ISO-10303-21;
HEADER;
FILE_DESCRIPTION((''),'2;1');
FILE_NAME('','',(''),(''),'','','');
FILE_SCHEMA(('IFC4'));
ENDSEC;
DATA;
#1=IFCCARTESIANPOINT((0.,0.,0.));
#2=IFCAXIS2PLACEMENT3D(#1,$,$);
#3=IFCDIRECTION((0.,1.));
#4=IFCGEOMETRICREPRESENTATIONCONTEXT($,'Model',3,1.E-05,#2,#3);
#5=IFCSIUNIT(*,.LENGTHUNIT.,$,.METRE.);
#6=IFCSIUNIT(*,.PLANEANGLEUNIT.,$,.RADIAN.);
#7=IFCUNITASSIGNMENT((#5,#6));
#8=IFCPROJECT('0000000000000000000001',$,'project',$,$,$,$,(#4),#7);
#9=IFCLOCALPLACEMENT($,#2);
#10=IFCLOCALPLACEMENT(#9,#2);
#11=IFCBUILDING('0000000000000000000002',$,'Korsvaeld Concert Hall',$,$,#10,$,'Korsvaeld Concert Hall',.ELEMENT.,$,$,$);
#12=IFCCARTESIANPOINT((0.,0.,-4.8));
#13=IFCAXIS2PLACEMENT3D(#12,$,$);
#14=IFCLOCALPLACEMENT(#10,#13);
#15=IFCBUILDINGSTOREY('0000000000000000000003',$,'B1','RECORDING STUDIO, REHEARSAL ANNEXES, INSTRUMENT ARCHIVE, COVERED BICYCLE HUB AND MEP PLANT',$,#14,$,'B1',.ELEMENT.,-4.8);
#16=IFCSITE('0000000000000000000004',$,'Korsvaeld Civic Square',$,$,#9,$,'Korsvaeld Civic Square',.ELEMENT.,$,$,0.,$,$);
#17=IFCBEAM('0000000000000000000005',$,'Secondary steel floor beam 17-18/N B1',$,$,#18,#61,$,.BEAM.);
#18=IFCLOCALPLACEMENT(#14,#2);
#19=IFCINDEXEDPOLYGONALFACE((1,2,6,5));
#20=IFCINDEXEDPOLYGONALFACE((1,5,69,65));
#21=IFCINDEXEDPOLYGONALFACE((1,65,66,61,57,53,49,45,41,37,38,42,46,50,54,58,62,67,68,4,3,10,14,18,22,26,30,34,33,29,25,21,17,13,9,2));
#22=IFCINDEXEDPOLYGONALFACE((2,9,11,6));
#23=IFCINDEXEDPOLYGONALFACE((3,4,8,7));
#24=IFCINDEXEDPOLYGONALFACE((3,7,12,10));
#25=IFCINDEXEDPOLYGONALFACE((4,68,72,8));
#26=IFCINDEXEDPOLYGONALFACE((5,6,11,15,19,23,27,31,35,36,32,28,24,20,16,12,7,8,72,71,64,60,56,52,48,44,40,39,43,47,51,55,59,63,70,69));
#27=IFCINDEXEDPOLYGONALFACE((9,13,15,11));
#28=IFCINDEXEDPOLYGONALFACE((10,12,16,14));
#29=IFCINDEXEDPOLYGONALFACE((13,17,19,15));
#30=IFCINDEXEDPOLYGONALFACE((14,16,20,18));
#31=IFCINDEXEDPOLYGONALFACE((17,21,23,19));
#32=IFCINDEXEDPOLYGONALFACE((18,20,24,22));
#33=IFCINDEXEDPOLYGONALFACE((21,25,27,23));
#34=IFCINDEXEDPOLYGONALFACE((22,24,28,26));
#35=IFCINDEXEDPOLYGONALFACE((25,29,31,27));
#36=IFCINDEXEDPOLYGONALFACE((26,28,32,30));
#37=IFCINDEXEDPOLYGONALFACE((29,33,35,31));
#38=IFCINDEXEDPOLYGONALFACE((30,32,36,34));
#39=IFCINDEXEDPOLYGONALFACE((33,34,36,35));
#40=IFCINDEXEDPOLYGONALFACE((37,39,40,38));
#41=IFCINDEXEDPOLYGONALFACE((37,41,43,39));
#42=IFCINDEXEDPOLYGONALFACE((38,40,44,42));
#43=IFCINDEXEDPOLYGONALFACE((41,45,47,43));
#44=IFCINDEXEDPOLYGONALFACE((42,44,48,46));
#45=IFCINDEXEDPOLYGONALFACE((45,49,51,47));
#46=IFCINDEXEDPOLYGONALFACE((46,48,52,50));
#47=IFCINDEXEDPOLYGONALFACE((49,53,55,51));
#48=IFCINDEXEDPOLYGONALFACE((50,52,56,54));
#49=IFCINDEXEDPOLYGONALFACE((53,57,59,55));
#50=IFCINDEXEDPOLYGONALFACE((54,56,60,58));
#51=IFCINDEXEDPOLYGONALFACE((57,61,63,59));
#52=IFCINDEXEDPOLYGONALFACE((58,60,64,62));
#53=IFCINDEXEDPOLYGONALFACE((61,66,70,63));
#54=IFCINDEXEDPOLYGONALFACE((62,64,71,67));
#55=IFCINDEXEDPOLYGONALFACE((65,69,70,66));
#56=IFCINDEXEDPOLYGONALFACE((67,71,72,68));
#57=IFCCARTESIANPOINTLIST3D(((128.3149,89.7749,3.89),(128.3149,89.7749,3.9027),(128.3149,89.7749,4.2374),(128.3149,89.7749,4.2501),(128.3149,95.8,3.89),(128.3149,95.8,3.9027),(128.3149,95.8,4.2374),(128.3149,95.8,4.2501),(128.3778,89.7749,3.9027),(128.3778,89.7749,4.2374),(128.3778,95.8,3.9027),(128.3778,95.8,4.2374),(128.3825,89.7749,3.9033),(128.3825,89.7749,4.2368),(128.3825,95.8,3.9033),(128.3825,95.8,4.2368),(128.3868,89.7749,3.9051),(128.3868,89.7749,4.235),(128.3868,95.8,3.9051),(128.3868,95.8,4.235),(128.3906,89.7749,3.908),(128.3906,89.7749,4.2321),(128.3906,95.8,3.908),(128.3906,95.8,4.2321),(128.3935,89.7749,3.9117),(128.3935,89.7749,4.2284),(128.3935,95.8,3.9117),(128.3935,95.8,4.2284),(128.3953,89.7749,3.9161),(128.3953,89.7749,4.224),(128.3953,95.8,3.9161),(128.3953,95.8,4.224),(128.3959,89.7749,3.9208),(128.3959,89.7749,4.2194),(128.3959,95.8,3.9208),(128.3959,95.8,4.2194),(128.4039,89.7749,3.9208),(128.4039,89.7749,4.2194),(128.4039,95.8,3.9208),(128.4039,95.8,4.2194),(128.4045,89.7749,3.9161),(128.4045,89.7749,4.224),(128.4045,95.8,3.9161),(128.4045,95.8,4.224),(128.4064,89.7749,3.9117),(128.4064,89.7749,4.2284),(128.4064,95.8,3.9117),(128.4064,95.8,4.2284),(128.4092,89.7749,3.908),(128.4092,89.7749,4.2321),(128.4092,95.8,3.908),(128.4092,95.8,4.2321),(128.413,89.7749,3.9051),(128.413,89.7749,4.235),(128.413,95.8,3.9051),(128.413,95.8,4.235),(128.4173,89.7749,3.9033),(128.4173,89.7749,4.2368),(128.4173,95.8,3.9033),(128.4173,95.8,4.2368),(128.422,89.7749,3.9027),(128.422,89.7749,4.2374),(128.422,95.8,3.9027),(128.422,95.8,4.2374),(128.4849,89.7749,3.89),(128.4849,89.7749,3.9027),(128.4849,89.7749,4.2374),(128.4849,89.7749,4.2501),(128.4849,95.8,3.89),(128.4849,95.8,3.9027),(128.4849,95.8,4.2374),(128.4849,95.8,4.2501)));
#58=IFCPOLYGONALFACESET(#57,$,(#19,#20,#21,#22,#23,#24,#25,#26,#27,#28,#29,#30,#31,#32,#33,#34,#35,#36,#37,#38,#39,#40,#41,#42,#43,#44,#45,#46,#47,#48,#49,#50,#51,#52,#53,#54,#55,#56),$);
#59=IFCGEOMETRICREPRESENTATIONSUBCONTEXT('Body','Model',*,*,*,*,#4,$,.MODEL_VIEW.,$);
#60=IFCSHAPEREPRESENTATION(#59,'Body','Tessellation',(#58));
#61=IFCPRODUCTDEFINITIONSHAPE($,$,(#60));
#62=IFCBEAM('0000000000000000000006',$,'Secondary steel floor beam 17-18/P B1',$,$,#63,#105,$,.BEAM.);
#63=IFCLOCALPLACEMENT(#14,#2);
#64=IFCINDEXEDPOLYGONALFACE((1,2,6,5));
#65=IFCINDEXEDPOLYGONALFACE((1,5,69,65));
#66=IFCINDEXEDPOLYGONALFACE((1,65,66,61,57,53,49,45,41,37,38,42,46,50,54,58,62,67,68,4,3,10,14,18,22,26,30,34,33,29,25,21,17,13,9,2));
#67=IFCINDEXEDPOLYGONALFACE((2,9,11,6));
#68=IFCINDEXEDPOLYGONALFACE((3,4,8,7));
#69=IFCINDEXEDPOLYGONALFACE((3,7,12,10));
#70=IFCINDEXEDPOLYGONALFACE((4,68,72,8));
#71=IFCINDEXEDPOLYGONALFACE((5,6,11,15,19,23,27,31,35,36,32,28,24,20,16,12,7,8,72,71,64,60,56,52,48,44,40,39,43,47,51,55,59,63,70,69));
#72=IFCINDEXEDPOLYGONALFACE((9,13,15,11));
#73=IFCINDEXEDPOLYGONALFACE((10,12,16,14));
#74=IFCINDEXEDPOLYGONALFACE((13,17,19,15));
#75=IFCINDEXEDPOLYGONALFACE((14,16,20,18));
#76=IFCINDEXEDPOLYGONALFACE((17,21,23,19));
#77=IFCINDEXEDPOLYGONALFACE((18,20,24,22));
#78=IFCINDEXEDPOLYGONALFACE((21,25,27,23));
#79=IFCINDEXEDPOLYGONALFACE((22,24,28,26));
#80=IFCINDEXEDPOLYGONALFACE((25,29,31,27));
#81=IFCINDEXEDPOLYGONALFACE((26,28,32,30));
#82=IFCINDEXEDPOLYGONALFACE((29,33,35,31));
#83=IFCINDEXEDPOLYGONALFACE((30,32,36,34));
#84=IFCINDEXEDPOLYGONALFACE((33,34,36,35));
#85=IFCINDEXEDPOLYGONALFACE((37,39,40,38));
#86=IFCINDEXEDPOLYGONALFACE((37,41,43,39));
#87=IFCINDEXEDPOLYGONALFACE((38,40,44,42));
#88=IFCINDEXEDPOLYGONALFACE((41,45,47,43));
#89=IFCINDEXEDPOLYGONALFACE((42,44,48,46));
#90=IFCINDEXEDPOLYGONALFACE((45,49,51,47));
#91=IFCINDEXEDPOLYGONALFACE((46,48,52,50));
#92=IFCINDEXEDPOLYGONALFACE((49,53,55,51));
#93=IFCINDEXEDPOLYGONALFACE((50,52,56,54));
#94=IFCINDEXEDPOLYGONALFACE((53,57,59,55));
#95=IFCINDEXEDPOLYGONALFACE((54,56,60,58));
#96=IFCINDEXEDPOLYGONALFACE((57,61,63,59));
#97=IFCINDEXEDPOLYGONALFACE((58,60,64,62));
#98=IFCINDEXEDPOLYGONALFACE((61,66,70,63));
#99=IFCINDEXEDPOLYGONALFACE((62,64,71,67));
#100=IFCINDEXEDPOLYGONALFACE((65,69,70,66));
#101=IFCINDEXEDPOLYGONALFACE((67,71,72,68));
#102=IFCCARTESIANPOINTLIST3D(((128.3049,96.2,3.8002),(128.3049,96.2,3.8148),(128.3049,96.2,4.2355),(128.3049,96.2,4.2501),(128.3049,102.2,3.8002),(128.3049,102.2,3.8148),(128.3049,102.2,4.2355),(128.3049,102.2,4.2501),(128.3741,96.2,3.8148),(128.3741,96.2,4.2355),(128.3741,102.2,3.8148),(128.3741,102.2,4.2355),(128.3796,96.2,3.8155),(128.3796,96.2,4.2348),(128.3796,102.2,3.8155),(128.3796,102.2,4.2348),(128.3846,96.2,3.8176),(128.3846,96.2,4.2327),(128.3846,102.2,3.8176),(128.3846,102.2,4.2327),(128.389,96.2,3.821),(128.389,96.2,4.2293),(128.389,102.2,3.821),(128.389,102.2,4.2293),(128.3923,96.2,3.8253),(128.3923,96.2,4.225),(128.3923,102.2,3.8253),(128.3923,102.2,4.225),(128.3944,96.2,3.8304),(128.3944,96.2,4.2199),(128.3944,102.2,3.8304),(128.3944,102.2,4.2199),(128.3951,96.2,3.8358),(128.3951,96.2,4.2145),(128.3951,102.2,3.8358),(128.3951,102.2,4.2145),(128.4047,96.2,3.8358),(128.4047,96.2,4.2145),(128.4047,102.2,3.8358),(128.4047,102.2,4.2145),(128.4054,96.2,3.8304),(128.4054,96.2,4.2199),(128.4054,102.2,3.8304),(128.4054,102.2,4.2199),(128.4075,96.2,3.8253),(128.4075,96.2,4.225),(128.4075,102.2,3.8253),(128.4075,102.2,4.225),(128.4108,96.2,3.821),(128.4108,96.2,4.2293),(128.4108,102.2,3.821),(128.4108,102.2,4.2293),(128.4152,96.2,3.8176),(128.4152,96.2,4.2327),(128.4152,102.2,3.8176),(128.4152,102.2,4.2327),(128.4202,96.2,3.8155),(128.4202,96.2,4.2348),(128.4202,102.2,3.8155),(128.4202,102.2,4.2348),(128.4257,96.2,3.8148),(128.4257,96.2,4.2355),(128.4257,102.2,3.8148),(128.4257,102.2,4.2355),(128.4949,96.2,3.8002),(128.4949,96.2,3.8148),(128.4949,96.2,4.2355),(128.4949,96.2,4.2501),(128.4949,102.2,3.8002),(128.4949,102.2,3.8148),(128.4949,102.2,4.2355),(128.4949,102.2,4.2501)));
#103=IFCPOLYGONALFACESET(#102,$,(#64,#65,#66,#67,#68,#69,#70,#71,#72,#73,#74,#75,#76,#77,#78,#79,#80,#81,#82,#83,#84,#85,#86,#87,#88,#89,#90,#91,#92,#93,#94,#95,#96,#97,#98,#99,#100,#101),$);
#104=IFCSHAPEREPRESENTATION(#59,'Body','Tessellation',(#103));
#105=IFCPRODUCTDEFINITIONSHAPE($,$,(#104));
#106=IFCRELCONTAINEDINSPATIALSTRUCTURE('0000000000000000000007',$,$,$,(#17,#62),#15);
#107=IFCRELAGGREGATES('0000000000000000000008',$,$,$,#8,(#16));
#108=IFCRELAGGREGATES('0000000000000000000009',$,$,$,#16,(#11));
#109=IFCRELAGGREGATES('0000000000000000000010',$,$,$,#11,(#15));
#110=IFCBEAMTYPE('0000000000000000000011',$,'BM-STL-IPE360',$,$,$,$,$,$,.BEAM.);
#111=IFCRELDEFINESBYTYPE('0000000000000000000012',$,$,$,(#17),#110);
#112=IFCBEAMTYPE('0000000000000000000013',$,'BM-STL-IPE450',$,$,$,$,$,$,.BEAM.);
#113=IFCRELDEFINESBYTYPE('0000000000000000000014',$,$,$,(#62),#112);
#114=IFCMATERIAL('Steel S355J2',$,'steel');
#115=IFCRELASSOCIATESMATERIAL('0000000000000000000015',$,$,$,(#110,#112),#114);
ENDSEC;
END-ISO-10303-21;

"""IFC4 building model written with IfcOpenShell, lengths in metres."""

from ifc_helpers import new_model, si_unit, direction, frame, origin, origin_2d, place, context, subcontext, project, spatial, i_section, extrude, material, material_profile, profile_set, type_object, element, save


model = new_model("IFC4")

# Units and contexts
model_context = context("Model", 3, precision=1e-05, world=origin(), true_north=direction((0.0, 1.0)))
body_context = subcontext(model_context, "Body", "Model", "MODEL_VIEW")
ifc_project = project(units=[si_unit("LENGTHUNIT", "METRE"), si_unit("PLANEANGLEUNIT", "RADIAN")], contexts=[model_context])

# Site, building, storey
site_placement = place(None, origin())
site = spatial("IfcSite", under=ifc_project, at=site_placement, Name="Korsvaeld Civic Square", LongName="Korsvaeld Civic Square", CompositionType="ELEMENT", RefElevation=0.0)
building_placement = place(site_placement, origin())
building = spatial("IfcBuilding", under=site, at=building_placement, Name="Korsvaeld Concert Hall", LongName="Korsvaeld Concert Hall", CompositionType="ELEMENT")
storey_placement = place(building_placement, frame((0.0, 0.0, -4.8)))
storey = spatial("IfcBuildingStorey", under=building, at=storey_placement, Name="B1", Description="RECORDING STUDIO, REHEARSAL ANNEXES, INSTRUMENT ARCHIVE, COVERED BICYCLE HUB AND MEP PLANT", LongName="B1", CompositionType="ELEMENT", Elevation=-4.8)

# Beams
ifc_material_1 = material(Name="Steel S355J2", Category="steel")
ifc_material_profile_1 = material_profile(ifc_material_1, i_section(OverallWidth=0.1699, OverallDepth=0.3601, WebThickness=0.0081, FlangeThickness=0.0127, FilletRadius=0.0181, at=origin_2d()), Name="IPE 360")
ifc_profile_set_1 = profile_set([ifc_material_profile_1], Name="Steel S355J2")
beam_type_1 = type_object("IfcBeamType", Name="BM-STL-IPE360", PredefinedType="BEAM", material=ifc_profile_set_1)
beam_1_placement = place(storey_placement, frame((128.3999, 89.7749, 4.0701), z_axis=(0.0, 1.0, 0.0), x_axis=(-1.0, 0.0, 0.0)))
element("IfcBeam", 1, at=beam_1_placement, inside=storey, type_object=beam_type_1, Name="Secondary steel floor beam 17-18/N B1", PredefinedType="BEAM", context=body_context, shape_type="SweptSolid", body=[
    extrude(i_section(OverallWidth=0.1699, OverallDepth=0.3601, WebThickness=0.0081, FlangeThickness=0.0127, FilletRadius=0.0181, at=origin_2d()), origin(), (0.0, 0.0, 1.0), 6.0251),
])
ifc_material_profile_2 = material_profile(ifc_material_1, i_section(OverallWidth=0.1899, OverallDepth=0.45, WebThickness=0.0095, FlangeThickness=0.0146, FilletRadius=0.021, at=origin_2d()), Name="IPE 450")
ifc_profile_set_2 = profile_set([ifc_material_profile_2], Name="Steel S355J2")
beam_type_2 = type_object("IfcBeamType", Name="BM-STL-IPE450", PredefinedType="BEAM", material=ifc_profile_set_2)
beam_2_placement = place(storey_placement, frame((128.3999, 96.2, 4.0251), z_axis=(0.0, 1.0, 0.0), x_axis=(-1.0, 0.0, 0.0)))
element("IfcBeam", 2, at=beam_2_placement, inside=storey, type_object=beam_type_2, Name="Secondary steel floor beam 17-18/P B1", PredefinedType="BEAM", context=body_context, shape_type="SweptSolid", body=[
    extrude(i_section(OverallWidth=0.1899, OverallDepth=0.45, WebThickness=0.0095, FlangeThickness=0.0146, FilletRadius=0.021, at=origin_2d()), origin(), (0.0, 0.0, 1.0), 6.0),
])

save(model, "model.ifc")
